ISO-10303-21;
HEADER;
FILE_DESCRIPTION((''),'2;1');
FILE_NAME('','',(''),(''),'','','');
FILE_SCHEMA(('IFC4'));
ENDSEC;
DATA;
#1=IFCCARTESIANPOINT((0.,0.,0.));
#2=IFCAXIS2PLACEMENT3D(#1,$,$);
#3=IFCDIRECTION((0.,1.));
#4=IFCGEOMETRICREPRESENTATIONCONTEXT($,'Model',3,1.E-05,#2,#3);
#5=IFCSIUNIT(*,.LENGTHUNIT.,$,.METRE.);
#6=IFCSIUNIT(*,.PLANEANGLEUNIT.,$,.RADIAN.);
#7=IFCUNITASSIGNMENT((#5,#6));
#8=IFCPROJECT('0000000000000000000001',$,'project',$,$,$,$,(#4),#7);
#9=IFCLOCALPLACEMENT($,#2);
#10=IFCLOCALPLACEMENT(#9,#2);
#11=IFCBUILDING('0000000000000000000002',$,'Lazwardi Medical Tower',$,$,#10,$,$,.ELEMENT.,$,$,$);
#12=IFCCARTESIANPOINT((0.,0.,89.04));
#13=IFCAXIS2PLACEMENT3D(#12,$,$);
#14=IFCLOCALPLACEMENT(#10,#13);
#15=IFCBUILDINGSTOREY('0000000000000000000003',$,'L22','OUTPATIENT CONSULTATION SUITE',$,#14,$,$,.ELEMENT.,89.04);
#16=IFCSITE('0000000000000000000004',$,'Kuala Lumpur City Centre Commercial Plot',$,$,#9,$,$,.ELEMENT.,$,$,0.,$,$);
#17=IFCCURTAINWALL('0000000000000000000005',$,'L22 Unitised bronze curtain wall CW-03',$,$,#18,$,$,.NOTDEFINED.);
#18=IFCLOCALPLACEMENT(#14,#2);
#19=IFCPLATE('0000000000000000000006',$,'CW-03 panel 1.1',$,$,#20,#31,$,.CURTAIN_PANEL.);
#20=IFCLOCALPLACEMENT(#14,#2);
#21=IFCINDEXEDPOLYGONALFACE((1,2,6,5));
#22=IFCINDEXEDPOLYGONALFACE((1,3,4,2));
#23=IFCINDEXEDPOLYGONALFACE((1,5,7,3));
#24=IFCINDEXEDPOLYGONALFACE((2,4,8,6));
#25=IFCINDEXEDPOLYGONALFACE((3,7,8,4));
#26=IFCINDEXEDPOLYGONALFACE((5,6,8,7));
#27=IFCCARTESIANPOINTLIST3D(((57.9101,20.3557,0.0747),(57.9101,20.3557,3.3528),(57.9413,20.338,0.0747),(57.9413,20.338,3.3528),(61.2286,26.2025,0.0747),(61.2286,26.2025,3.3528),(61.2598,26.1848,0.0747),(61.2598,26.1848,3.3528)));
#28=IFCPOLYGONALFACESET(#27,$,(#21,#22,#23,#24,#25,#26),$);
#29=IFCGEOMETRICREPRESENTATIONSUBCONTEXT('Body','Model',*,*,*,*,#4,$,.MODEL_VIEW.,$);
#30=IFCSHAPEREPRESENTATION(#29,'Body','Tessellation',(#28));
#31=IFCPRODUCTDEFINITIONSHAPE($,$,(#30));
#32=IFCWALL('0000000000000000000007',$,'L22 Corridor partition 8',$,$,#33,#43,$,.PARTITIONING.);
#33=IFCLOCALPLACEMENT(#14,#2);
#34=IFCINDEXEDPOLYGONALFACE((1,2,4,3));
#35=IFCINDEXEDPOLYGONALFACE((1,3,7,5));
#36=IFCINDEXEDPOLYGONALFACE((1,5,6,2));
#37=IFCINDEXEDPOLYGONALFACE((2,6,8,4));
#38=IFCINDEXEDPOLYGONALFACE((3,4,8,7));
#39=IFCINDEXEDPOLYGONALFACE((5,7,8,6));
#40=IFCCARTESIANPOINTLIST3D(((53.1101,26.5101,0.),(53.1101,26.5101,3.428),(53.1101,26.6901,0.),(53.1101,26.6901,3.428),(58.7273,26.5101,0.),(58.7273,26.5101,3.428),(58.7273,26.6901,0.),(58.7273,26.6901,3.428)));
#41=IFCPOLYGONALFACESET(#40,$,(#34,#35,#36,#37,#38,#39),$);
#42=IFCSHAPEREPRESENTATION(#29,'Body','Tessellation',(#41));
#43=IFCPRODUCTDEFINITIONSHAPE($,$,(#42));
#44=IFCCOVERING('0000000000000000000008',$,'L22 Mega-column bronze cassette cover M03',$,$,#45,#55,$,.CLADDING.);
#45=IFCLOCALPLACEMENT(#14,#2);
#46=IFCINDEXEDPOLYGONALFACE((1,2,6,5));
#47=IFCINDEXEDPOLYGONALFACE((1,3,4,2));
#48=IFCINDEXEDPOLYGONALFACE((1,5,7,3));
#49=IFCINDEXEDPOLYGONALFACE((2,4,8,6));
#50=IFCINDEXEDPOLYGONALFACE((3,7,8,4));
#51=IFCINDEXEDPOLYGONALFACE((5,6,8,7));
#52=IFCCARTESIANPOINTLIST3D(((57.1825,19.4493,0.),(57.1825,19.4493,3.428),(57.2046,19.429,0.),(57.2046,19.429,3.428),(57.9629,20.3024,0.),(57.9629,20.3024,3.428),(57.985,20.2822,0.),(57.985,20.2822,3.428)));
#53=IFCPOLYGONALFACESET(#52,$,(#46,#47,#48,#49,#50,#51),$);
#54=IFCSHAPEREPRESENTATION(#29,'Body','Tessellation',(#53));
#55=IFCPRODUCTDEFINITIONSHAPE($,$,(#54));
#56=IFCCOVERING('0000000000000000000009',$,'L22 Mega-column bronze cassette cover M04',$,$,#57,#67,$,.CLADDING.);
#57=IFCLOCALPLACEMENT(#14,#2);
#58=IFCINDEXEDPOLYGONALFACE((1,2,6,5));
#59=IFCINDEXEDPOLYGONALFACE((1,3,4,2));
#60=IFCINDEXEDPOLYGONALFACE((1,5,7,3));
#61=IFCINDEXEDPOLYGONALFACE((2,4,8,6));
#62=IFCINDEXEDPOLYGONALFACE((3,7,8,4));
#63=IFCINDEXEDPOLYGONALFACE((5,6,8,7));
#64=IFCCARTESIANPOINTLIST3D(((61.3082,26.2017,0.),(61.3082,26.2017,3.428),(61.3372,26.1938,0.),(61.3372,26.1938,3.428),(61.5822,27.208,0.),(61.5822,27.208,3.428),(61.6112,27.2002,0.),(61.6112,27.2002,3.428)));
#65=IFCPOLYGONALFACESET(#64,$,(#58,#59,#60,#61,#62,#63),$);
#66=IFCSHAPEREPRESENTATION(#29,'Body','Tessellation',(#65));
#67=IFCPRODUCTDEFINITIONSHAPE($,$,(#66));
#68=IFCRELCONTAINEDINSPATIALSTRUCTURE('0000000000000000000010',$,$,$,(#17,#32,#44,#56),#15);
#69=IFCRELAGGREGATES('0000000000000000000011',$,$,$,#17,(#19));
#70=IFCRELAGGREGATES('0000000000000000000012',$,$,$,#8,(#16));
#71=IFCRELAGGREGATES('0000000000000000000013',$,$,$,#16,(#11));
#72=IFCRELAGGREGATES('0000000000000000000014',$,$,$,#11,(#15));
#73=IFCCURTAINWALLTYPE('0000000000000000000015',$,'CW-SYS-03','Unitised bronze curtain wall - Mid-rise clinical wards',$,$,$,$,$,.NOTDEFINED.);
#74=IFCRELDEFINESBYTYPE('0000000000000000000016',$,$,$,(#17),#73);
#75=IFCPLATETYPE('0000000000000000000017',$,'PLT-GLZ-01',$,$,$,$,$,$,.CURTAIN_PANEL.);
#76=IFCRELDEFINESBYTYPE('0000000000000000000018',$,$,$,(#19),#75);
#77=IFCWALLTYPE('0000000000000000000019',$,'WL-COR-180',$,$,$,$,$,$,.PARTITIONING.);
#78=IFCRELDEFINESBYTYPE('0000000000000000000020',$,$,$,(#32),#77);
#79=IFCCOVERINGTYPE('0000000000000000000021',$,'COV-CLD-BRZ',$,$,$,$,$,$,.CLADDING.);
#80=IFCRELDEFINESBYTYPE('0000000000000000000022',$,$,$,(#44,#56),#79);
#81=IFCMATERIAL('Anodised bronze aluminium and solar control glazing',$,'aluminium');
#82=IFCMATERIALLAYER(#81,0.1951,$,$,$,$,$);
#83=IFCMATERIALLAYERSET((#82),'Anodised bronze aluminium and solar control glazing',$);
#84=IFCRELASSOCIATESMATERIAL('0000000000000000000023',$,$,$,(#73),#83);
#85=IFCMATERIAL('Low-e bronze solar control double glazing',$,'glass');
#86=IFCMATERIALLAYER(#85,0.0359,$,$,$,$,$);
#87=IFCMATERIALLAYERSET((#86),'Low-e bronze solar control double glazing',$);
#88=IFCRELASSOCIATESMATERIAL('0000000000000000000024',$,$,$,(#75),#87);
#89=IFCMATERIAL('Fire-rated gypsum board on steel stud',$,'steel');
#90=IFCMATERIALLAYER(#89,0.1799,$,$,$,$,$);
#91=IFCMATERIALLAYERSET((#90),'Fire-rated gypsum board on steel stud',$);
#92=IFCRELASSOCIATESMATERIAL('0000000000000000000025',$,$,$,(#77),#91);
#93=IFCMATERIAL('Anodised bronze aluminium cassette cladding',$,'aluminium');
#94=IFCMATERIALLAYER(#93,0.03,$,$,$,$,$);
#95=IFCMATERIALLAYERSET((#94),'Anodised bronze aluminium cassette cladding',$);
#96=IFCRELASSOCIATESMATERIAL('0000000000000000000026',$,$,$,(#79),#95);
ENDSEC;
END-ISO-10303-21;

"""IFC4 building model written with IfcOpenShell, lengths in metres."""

from ifc_helpers import new_model, si_unit, direction, frame, frame_2d, origin, origin_2d, place, context, subcontext, project, spatial, rectangle, extrude, material, layer, layer_set, type_object, element, aggregate, save


model = new_model("IFC4")

# Units and contexts
model_context = context("Model", 3, precision=1e-05, world=origin(), true_north=direction((0.0, 1.0)))
body_context = subcontext(model_context, "Body", "Model", "MODEL_VIEW")
ifc_project = project(units=[si_unit("LENGTHUNIT", "METRE"), si_unit("PLANEANGLEUNIT", "RADIAN")], contexts=[model_context])

# Site, building, storey
site_placement = place(None, origin())
site = spatial("IfcSite", under=ifc_project, at=site_placement, Name="Kuala Lumpur City Centre Commercial Plot", CompositionType="ELEMENT", RefElevation=0.0)
building_placement = place(site_placement, origin())
building = spatial("IfcBuilding", under=site, at=building_placement, Name="Lazwardi Medical Tower", CompositionType="ELEMENT")
storey_placement = place(building_placement, frame((0.0, 0.0, 89.04)))
storey = spatial("IfcBuildingStorey", under=building, at=storey_placement, Name="L22", Description="OUTPATIENT CONSULTATION SUITE", CompositionType="ELEMENT", Elevation=89.04)

# Shared definitions
ifc_material_1 = material(Name="Anodised bronze aluminium and solar control glazing", Category="aluminium")
ifc_layer_1 = layer(ifc_material_1, 0.1951)
ifc_layer_set_1 = layer_set([ifc_layer_1], Name="Anodised bronze aluminium and solar control glazing")
curtain_wall_type = type_object("IfcCurtainWallType", Name="CW-SYS-03", Description="Unitised bronze curtain wall - Mid-rise clinical wards", PredefinedType="NOTDEFINED", material=ifc_layer_set_1)

# Curtain wall
curtain_wall_1_placement = place(storey_placement, origin())
curtain_wall_1 = element("IfcCurtainWall", 1, at=curtain_wall_1_placement, inside=storey, type_object=curtain_wall_type, Name="L22 Unitised bronze curtain wall CW-03", PredefinedType="NOTDEFINED")

# Plate
ifc_material_2 = material(Name="Low-e bronze solar control double glazing", Category="glass")
ifc_layer_2 = layer(ifc_material_2, 0.0359)
ifc_layer_set_2 = layer_set([ifc_layer_2], Name="Low-e bronze solar control double glazing")
plate_type = type_object("IfcPlateType", Name="PLT-GLZ-01", PredefinedType="CURTAIN_PANEL", material=ifc_layer_set_2)
plate_1_placement = place(storey_placement, frame((59.585, 23.2703, 0.0747), z_axis=(0.0, 0.0, 1.0), x_axis=(0.493603, 0.869687, 0.0)))
plate_1 = element("IfcPlate", 2, at=plate_1_placement, type_object=plate_type, Name="CW-03 panel 1.1", PredefinedType="CURTAIN_PANEL", context=body_context, shape_type="SweptSolid", body=[
    extrude(rectangle(XDim=6.7229, YDim=0.0359, at=origin_2d()), origin(), (0.0, 0.0, 1.0), 3.2781),
])
aggregate(curtain_wall_1, [plate_1])

# Wall
ifc_material_3 = material(Name="Fire-rated gypsum board on steel stud", Category="steel")
ifc_layer_3 = layer(ifc_material_3, 0.1799)
ifc_layer_set_3 = layer_set([ifc_layer_3], Name="Fire-rated gypsum board on steel stud")
wall_type = type_object("IfcWallType", Name="WL-COR-180", PredefinedType="PARTITIONING", material=ifc_layer_set_3)
wall_placement = place(storey_placement, frame((58.7273, 26.6001, 0.0), z_axis=(0.0, 0.0, 1.0), x_axis=(-1.0, 0.0, 0.0)))
element("IfcWall", 3, at=wall_placement, inside=storey, type_object=wall_type, Name="L22 Corridor partition 8", PredefinedType="PARTITIONING", context=body_context, shape_type="SweptSolid", body=[
    extrude(rectangle(XDim=5.6172, YDim=0.1799, at=frame_2d((2.8086, 0.0))), origin(), (0.0, 0.0, 1.0), 3.428),
])

# Coverings
ifc_material_4 = material(Name="Anodised bronze aluminium cassette cladding", Category="aluminium")
ifc_layer_4 = layer(ifc_material_4, 0.03)
ifc_layer_set_4 = layer_set([ifc_layer_4], Name="Anodised bronze aluminium cassette cladding")
covering_type = type_object("IfcCoveringType", Name="COV-CLD-BRZ", PredefinedType="CLADDING", material=ifc_layer_set_4)
covering_1_placement = place(storey_placement, frame((57.5837, 19.8657, 0.0), z_axis=(0.0, 0.0, 1.0), x_axis=(0.674926, 0.737885, 0.0)))
element("IfcCovering", 4, at=covering_1_placement, inside=storey, type_object=covering_type, Name="L22 Mega-column bronze cassette cover M03", PredefinedType="CLADDING", context=body_context, shape_type="SweptSolid", body=[
    extrude(rectangle(XDim=1.1562, YDim=0.03, at=origin_2d()), origin(), (0.0, 0.0, 1.0), 3.428),
])
covering_2_placement = place(storey_placement, frame((61.4597, 26.7009, 0.0), z_axis=(0.0, 0.0, 1.0), x_axis=(0.262696, 0.964879, 0.0)))
element("IfcCovering", 5, at=covering_2_placement, inside=storey, type_object=covering_type, Name="L22 Mega-column bronze cassette cover M04", PredefinedType="CLADDING", context=body_context, shape_type="SweptSolid", body=[
    extrude(rectangle(XDim=1.043, YDim=0.03, at=origin_2d()), origin(), (0.0, 0.0, 1.0), 3.428),
])

save(model, "model.ifc")
